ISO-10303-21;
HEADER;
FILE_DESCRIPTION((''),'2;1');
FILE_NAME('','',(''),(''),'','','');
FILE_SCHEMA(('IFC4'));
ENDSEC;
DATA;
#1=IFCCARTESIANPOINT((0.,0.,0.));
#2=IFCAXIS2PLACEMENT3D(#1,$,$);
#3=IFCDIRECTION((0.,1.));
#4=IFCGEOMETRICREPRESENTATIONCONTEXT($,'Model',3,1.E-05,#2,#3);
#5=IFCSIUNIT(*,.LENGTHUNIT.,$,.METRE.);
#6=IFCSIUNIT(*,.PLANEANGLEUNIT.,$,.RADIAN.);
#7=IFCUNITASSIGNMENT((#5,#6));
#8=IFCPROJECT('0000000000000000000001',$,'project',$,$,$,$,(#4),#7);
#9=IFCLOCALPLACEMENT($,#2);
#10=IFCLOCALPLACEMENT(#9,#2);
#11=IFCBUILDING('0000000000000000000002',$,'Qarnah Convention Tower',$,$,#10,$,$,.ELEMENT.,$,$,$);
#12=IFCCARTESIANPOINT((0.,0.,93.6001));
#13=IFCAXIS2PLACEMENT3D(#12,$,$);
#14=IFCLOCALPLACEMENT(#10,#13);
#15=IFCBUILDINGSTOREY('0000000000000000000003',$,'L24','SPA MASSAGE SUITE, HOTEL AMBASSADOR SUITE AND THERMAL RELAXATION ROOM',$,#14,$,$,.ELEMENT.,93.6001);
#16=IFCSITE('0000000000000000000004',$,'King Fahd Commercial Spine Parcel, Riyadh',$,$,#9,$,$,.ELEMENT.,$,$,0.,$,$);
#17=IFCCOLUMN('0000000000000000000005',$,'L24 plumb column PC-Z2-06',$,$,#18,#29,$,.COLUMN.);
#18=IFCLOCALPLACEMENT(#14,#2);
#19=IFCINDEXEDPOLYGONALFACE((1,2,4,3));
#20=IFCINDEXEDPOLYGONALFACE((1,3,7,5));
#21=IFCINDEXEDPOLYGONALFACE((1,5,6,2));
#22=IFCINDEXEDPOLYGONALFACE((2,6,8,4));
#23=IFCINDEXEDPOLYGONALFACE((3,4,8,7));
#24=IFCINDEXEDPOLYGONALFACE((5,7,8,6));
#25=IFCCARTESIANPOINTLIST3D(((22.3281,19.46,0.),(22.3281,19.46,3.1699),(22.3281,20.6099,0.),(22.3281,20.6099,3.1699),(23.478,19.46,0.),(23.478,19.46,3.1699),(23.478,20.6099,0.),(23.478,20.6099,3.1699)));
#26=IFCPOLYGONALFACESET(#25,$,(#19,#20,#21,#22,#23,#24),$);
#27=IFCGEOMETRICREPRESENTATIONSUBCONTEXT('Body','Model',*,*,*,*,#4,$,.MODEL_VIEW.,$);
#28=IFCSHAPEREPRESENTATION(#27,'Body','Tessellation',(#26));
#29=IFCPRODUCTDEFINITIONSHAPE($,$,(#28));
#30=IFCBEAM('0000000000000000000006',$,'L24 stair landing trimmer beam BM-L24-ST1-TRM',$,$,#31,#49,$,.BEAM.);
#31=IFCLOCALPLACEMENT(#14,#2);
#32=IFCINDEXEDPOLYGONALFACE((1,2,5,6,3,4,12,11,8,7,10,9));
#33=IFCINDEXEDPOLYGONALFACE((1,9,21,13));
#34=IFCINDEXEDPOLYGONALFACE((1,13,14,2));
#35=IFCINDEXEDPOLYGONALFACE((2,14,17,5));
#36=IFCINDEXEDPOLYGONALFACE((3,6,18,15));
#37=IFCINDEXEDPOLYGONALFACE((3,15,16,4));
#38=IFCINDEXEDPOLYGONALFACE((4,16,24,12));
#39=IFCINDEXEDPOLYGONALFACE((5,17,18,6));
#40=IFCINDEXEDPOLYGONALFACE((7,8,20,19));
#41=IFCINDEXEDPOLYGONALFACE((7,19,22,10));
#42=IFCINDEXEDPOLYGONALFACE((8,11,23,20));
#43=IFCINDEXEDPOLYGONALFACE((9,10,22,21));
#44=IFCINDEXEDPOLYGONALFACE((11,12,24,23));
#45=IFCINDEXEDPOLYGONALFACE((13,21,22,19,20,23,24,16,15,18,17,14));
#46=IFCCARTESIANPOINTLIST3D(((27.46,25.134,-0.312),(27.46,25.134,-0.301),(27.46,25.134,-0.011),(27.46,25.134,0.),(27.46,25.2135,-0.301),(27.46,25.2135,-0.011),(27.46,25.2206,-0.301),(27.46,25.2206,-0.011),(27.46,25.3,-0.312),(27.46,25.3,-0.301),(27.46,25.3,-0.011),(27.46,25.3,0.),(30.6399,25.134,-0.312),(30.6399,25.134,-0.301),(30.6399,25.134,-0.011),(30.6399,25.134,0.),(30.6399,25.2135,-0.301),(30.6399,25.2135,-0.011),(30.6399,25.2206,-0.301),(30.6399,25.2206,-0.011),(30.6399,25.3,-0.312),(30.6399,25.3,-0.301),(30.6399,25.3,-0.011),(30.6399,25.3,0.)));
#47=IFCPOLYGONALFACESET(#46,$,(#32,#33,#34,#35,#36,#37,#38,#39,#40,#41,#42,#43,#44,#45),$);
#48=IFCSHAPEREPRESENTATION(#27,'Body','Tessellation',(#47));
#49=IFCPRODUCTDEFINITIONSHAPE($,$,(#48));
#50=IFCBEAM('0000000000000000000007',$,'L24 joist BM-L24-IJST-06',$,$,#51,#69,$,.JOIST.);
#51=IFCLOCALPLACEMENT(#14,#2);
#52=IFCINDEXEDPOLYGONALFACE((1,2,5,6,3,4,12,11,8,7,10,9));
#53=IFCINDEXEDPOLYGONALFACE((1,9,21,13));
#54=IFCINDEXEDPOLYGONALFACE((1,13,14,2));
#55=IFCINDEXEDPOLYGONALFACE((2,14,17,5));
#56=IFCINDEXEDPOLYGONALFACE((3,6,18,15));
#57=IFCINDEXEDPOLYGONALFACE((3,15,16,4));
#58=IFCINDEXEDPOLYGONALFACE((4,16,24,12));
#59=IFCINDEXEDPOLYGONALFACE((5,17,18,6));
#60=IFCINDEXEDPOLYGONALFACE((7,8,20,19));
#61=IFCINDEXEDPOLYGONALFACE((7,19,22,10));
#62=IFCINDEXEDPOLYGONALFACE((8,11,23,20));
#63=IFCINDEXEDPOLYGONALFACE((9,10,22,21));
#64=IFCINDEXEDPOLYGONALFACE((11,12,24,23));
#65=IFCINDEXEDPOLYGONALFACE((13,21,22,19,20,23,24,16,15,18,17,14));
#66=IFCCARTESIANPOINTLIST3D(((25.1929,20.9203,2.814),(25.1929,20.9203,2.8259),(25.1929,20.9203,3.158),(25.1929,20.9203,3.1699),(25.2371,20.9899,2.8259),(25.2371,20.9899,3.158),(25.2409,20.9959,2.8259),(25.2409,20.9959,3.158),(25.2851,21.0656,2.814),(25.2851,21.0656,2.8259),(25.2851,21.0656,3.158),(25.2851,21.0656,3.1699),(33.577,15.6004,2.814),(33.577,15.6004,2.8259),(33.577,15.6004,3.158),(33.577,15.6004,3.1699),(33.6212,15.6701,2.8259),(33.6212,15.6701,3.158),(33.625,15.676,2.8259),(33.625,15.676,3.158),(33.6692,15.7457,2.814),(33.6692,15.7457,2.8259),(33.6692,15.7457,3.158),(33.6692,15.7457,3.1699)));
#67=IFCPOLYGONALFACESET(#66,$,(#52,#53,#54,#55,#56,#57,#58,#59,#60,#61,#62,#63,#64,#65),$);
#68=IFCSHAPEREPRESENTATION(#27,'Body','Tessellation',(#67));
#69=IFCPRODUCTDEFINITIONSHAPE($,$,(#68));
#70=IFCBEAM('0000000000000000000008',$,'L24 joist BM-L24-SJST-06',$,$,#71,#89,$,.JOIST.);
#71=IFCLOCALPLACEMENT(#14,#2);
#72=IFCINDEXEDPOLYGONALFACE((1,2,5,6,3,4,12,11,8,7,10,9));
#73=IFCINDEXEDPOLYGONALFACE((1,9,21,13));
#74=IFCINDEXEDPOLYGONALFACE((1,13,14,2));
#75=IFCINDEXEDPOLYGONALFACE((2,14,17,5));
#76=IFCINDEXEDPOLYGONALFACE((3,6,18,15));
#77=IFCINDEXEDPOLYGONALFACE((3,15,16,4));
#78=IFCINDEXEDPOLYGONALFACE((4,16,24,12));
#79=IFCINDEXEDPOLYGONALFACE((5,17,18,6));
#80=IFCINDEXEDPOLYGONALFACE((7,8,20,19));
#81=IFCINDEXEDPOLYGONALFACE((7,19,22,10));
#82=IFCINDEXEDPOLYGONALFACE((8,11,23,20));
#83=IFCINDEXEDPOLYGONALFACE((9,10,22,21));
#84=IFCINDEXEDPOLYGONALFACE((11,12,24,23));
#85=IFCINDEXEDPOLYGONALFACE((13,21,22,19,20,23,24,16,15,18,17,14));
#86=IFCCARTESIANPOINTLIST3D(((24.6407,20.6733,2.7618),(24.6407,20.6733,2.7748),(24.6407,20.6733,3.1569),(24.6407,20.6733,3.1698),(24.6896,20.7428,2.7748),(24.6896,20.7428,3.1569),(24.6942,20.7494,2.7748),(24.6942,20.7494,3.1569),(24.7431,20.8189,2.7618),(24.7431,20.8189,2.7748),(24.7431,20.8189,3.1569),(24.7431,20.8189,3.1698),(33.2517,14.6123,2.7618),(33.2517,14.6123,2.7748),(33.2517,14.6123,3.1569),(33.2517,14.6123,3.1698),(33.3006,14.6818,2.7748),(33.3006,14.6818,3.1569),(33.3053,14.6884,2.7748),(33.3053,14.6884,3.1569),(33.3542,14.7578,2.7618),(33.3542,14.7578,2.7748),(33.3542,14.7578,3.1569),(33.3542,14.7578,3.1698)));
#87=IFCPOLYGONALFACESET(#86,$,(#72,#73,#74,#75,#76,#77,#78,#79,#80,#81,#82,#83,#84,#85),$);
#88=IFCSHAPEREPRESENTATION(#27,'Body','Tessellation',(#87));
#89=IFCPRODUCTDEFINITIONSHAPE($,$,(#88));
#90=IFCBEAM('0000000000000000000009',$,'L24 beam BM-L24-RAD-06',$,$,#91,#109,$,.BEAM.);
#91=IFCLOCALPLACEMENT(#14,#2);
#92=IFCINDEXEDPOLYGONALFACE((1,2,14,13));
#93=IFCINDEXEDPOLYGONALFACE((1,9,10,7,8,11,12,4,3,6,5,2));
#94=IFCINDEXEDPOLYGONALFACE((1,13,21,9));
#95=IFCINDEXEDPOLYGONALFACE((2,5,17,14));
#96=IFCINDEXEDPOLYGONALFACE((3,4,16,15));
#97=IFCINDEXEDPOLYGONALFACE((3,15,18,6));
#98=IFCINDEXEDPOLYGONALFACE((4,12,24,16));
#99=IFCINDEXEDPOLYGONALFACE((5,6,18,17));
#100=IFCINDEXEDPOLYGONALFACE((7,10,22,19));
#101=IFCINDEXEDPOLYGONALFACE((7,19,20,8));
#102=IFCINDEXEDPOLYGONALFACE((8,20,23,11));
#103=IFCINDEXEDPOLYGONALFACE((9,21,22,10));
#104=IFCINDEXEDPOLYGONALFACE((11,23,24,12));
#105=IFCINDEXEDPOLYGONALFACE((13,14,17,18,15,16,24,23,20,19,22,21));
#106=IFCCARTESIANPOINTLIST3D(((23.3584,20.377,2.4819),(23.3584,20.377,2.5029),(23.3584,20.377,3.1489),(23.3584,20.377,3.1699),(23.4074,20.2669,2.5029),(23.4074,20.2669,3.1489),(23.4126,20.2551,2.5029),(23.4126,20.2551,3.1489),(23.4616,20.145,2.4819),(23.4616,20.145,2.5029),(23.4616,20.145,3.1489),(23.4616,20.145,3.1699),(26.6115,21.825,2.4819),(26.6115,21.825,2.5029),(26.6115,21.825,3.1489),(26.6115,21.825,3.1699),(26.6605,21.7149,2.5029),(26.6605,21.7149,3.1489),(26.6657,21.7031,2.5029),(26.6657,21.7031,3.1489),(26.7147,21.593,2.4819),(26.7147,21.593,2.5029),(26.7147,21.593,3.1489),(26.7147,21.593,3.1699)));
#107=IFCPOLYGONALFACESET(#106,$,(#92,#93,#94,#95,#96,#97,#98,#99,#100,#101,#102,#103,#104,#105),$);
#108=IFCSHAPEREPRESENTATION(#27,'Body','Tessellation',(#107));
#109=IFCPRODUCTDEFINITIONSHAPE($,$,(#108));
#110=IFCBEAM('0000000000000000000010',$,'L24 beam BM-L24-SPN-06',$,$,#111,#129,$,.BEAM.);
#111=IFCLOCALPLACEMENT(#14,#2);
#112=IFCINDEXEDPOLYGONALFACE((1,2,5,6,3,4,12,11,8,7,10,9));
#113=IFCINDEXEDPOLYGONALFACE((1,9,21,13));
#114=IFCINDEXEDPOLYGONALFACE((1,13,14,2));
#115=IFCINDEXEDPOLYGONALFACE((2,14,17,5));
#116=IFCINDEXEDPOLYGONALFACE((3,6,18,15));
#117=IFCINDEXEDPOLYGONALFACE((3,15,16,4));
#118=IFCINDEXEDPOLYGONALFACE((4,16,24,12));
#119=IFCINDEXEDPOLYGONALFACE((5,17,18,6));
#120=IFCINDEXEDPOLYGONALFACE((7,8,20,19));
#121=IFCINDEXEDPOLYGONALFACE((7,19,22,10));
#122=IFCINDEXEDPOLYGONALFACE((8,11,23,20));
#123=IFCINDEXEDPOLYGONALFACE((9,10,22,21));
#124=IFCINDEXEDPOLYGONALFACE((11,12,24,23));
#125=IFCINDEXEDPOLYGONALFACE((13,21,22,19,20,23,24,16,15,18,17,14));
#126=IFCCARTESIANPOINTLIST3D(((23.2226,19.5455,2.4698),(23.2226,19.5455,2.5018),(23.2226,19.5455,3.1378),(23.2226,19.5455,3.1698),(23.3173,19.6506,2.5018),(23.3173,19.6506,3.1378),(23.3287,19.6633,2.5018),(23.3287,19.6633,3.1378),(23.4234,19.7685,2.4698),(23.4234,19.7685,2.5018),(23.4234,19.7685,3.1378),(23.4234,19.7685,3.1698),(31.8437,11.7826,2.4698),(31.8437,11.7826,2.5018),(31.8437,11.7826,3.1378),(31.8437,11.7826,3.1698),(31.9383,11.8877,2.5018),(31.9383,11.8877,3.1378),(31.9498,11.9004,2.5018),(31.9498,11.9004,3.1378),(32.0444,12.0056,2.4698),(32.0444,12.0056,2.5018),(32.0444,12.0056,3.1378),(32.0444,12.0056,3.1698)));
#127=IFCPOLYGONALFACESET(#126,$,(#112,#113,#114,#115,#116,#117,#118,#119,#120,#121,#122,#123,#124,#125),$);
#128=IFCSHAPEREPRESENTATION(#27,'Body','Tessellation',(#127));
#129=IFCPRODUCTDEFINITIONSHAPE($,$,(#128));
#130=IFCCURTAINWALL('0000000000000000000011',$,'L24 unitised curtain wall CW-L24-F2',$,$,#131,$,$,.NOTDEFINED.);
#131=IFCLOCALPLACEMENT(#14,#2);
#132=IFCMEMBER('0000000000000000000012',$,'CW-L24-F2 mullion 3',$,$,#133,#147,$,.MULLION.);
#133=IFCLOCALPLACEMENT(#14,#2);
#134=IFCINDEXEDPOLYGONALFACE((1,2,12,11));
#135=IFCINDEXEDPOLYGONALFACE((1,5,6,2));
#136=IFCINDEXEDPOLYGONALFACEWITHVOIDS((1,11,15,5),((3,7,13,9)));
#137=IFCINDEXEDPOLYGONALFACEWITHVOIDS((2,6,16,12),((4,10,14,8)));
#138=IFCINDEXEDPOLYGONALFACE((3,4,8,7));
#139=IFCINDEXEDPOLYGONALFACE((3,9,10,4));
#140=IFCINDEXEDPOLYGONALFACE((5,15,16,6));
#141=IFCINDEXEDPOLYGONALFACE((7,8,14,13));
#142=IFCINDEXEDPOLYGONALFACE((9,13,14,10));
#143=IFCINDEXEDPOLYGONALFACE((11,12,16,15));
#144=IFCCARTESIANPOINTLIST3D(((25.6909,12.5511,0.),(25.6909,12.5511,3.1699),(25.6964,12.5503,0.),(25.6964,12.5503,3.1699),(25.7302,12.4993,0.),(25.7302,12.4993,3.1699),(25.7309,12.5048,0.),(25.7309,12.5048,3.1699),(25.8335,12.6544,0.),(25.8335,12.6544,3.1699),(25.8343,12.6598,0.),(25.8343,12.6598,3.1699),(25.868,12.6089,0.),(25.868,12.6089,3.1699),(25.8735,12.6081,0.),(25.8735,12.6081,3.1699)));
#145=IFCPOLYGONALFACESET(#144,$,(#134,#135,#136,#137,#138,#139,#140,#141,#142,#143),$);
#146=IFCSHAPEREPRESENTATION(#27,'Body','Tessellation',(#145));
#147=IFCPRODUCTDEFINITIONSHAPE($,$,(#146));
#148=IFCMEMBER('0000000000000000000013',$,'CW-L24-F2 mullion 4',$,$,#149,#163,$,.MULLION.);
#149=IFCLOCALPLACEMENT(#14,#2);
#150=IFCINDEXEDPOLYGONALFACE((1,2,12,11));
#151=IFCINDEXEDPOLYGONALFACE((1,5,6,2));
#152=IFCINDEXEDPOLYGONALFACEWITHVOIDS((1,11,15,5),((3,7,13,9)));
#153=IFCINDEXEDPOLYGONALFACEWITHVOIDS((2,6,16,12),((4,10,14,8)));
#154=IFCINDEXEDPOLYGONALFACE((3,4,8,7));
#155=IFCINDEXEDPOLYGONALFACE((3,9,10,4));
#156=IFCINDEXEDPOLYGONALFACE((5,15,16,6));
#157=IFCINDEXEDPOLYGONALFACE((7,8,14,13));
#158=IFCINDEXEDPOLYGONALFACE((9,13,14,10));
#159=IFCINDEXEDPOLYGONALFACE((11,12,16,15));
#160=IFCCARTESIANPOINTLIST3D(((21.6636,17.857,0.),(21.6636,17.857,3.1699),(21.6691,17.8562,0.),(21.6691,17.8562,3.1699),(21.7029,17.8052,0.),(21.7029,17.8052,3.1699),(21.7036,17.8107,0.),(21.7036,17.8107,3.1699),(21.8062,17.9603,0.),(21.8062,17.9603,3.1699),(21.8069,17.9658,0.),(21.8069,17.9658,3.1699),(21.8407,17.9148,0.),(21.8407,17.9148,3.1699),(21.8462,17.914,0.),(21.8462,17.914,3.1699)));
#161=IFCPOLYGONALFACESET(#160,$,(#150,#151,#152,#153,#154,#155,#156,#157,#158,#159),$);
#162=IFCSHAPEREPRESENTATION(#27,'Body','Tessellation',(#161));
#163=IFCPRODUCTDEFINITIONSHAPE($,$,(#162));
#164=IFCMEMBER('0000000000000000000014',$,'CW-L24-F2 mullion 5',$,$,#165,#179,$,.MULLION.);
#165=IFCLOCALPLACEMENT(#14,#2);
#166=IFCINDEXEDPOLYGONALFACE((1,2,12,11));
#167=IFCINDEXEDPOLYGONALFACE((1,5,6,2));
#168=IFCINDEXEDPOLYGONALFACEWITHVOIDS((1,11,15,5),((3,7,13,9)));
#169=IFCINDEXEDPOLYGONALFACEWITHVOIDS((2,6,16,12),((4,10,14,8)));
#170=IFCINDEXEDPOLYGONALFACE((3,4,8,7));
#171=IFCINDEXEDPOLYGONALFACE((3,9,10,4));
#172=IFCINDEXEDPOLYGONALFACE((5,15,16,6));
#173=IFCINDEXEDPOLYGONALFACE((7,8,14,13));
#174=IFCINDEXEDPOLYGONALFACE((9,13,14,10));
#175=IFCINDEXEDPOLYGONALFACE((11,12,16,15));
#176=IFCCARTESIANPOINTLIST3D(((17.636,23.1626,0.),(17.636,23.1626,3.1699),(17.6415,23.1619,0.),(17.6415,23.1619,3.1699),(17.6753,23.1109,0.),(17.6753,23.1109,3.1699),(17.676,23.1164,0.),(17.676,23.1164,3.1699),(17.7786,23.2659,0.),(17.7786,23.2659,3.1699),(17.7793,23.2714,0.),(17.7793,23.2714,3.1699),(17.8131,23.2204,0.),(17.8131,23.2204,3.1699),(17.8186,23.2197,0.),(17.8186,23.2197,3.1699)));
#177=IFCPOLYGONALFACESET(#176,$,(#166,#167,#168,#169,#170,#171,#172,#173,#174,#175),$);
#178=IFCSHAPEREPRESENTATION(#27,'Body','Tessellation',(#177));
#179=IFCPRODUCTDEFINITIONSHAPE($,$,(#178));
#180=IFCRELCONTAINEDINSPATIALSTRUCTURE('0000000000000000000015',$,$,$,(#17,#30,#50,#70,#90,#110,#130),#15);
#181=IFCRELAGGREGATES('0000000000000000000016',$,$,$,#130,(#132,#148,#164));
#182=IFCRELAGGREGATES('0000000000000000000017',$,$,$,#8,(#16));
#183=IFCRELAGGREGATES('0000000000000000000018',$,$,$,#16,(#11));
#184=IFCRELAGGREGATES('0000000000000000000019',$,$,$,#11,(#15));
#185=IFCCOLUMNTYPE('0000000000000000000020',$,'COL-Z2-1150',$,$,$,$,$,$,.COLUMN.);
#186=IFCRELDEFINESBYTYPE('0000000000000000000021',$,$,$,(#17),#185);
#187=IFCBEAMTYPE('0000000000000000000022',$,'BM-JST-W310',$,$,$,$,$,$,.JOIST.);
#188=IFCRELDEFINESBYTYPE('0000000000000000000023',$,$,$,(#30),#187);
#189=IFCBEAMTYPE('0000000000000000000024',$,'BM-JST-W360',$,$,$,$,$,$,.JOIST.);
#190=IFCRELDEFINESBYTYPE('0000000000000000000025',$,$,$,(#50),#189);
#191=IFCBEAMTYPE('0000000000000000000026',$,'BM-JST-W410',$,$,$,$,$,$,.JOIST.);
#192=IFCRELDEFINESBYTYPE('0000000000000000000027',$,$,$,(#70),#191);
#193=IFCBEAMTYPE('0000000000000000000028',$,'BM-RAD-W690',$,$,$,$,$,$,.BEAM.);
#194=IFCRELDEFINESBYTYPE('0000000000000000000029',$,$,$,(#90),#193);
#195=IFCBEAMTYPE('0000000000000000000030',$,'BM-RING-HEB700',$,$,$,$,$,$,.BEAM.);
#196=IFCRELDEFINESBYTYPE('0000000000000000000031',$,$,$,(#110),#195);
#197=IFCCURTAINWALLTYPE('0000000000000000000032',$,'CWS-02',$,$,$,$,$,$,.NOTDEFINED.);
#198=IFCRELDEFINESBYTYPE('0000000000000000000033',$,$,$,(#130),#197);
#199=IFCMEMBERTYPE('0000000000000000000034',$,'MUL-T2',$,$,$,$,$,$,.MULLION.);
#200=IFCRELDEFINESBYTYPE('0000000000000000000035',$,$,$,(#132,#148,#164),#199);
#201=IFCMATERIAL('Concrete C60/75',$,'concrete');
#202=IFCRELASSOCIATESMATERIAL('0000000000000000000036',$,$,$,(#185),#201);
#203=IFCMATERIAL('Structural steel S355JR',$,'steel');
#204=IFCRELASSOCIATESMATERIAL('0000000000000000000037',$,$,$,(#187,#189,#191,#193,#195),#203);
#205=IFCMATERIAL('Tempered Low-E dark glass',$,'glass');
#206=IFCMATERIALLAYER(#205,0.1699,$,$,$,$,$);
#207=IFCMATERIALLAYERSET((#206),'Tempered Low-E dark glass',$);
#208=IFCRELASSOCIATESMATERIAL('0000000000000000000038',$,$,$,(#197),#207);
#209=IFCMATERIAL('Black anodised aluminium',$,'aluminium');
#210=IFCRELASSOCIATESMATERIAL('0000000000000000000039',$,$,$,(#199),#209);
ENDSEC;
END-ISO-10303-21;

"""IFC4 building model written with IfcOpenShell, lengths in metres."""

from ifc_helpers import new_model, si_unit, direction, frame, origin, origin_2d, place, context, subcontext, project, spatial, rectangle, hollow_rectangle, i_section, extrude, material, layer, layer_set, material_profile, profile_set, type_object, element, aggregate, save


model = new_model("IFC4")

# Units and contexts
model_context = context("Model", 3, precision=1e-05, world=origin(), true_north=direction((0.0, 1.0)))
body_context = subcontext(model_context, "Body", "Model", "MODEL_VIEW")
ifc_project = project(units=[si_unit("LENGTHUNIT", "METRE"), si_unit("PLANEANGLEUNIT", "RADIAN")], contexts=[model_context])

# Site, building, storey
site_placement = place(None, origin())
site = spatial("IfcSite", under=ifc_project, at=site_placement, Name="King Fahd Commercial Spine Parcel, Riyadh", CompositionType="ELEMENT", RefElevation=0.0)
building_placement = place(site_placement, origin())
building = spatial("IfcBuilding", under=site, at=building_placement, Name="Qarnah Convention Tower", CompositionType="ELEMENT")
storey_placement = place(building_placement, frame((0.0, 0.0, 93.6001)))
storey = spatial("IfcBuildingStorey", under=building, at=storey_placement, Name="L24", Description="SPA MASSAGE SUITE, HOTEL AMBASSADOR SUITE AND THERMAL RELAXATION ROOM", CompositionType="ELEMENT", Elevation=93.6001)

# Column
ifc_material_1 = material(Name="Concrete C60/75", Category="concrete")
ifc_material_profile_1 = material_profile(ifc_material_1, rectangle(XDim=1.1499, YDim=1.1499, at=origin_2d()), Name="RC-COL-1150X1150")
ifc_profile_set_1 = profile_set([ifc_material_profile_1], Name="Concrete C60/75")
column_type = type_object("IfcColumnType", Name="COL-Z2-1150", PredefinedType="COLUMN", material=ifc_profile_set_1)
column_placement = place(storey_placement, frame((22.9031, 20.0349, 0.0), z_axis=(0.0, 0.0, 1.0), x_axis=(1.0, 0.0, 0.0)))
element("IfcColumn", 1, at=column_placement, inside=storey, type_object=column_type, Name="L24 plumb column PC-Z2-06", PredefinedType="COLUMN", context=body_context, shape_type="SweptSolid", body=[
    extrude(rectangle(XDim=1.1499, YDim=1.1499, at=origin_2d()), origin(), (0.0, 0.0, 1.0), 3.1699),
])

# Beams
ifc_material_2 = material(Name="Structural steel S355JR", Category="steel")
ifc_material_profile_2 = material_profile(ifc_material_2, i_section(OverallWidth=0.166, OverallDepth=0.312, WebThickness=0.0071, FlangeThickness=0.011, at=origin_2d()), Name="W310X45")
ifc_profile_set_2 = profile_set([ifc_material_profile_2], Name="Structural steel S355JR")
beam_type_1 = type_object("IfcBeamType", Name="BM-JST-W310", PredefinedType="JOIST", material=ifc_profile_set_2)
beam_1_placement = place(storey_placement, frame((27.46, 25.217, -0.156), z_axis=(1.0, 0.0, 0.0), x_axis=(0.0, 1.0, 0.0)))
element("IfcBeam", 2, at=beam_1_placement, inside=storey, type_object=beam_type_1, Name="L24 stair landing trimmer beam BM-L24-ST1-TRM", PredefinedType="BEAM", context=body_context, shape_type="SweptSolid", body=[
    extrude(i_section(OverallWidth=0.166, OverallDepth=0.312, WebThickness=0.0071, FlangeThickness=0.011, at=origin_2d()), origin(), (0.0, 0.0, 1.0), 3.1799),
])
ifc_material_profile_3 = material_profile(ifc_material_2, i_section(OverallWidth=0.1721, OverallDepth=0.356, WebThickness=0.0071, FlangeThickness=0.012, at=origin_2d()), Name="W360X51")
ifc_profile_set_3 = profile_set([ifc_material_profile_3], Name="Structural steel S355JR")
beam_type_2 = type_object("IfcBeamType", Name="BM-JST-W360", PredefinedType="JOIST", material=ifc_profile_set_3)
beam_2_placement = place(storey_placement, frame((25.239, 20.9929, 2.9919), z_axis=(0.844366, -0.535766, 0.0), x_axis=(0.535766, 0.844366, 0.0)))
element("IfcBeam", 3, at=beam_2_placement, inside=storey, type_object=beam_type_2, Name="L24 joist BM-L24-IJST-06", PredefinedType="JOIST", context=body_context, shape_type="SweptSolid", body=[
    extrude(i_section(OverallWidth=0.1721, OverallDepth=0.356, WebThickness=0.0071, FlangeThickness=0.012, at=origin_2d()), origin(), (0.0, 0.0, 1.0), 9.9294),
])
ifc_material_profile_4 = material_profile(ifc_material_2, i_section(OverallWidth=0.178, OverallDepth=0.408, WebThickness=0.0081, FlangeThickness=0.0129, at=origin_2d()), Name="W410X60")
ifc_profile_set_4 = profile_set([ifc_material_profile_4], Name="Structural steel S355JR")
beam_type_3 = type_object("IfcBeamType", Name="BM-JST-W410", PredefinedType="JOIST", material=ifc_profile_set_4)
beam_3_placement = place(storey_placement, frame((24.6919, 20.7461, 2.9658), z_axis=(0.817745, -0.575581, 0.0), x_axis=(0.575581, 0.817745, 0.0)))
element("IfcBeam", 4, at=beam_3_placement, inside=storey, type_object=beam_type_3, Name="L24 joist BM-L24-SJST-06", PredefinedType="JOIST", context=body_context, shape_type="SweptSolid", body=[
    extrude(i_section(OverallWidth=0.178, OverallDepth=0.408, WebThickness=0.0081, FlangeThickness=0.0129, at=origin_2d()), origin(), (0.0, 0.0, 1.0), 10.5303),
])
ifc_material_profile_5 = material_profile(ifc_material_2, i_section(OverallWidth=0.2539, OverallDepth=0.688, WebThickness=0.0129, FlangeThickness=0.021, at=origin_2d()), Name="W690X152")
ifc_profile_set_5 = profile_set([ifc_material_profile_5], Name="Structural steel S355JR")
beam_type_4 = type_object("IfcBeamType", Name="BM-RAD-W690", PredefinedType="BEAM", material=ifc_profile_set_5)
beam_4_placement = place(storey_placement, frame((26.6631, 21.709, 2.8259), z_axis=(-0.913588, -0.406641, 0.0), x_axis=(0.406641, -0.913588, 0.0)))
element("IfcBeam", 5, at=beam_4_placement, inside=storey, type_object=beam_type_4, Name="L24 beam BM-L24-RAD-06", PredefinedType="BEAM", context=body_context, shape_type="SweptSolid", body=[
    extrude(i_section(OverallWidth=0.2539, OverallDepth=0.688, WebThickness=0.0129, FlangeThickness=0.021, at=origin_2d()), origin(), (0.0, 0.0, 1.0), 3.5608),
])
ifc_material_profile_6 = material_profile(ifc_material_2, i_section(OverallWidth=0.3, OverallDepth=0.7, WebThickness=0.0171, FlangeThickness=0.032, at=origin_2d()), Name="HEB700")
ifc_profile_set_6 = profile_set([ifc_material_profile_6], Name="Structural steel S355JR")
beam_type_5 = type_object("IfcBeamType", Name="BM-RING-HEB700", PredefinedType="BEAM", material=ifc_profile_set_6)
beam_5_placement = place(storey_placement, frame((23.323, 19.657, 2.8198), z_axis=(0.743125, -0.669153, 0.0), x_axis=(0.669153, 0.743125, 0.0)))
element("IfcBeam", 6, at=beam_5_placement, inside=storey, type_object=beam_type_5, Name="L24 beam BM-L24-SPN-06", PredefinedType="BEAM", context=body_context, shape_type="SweptSolid", body=[
    extrude(i_section(OverallWidth=0.3, OverallDepth=0.7, WebThickness=0.0171, FlangeThickness=0.032, at=origin_2d()), origin(), (0.0, 0.0, 1.0), 11.6011),
])

# Curtain wall, members
ifc_material_3 = material(Name="Tempered Low-E dark glass", Category="glass")
ifc_layer_1 = layer(ifc_material_3, 0.1699)
ifc_layer_set_1 = layer_set([ifc_layer_1], Name="Tempered Low-E dark glass")
curtain_wall_type = type_object("IfcCurtainWallType", Name="CWS-02", PredefinedType="NOTDEFINED", material=ifc_layer_set_1)
curtain_wall_placement = place(storey_placement, origin())
curtain_wall = element("IfcCurtainWall", 7, at=curtain_wall_placement, inside=storey, type_object=curtain_wall_type, Name="L24 unitised curtain wall CW-L24-F2", PredefinedType="NOTDEFINED")
ifc_material_4 = material(Name="Black anodised aluminium", Category="aluminium")
ifc_material_profile_7 = material_profile(ifc_material_4, hollow_rectangle(XDim=0.0649, YDim=0.1799, WallThickness=0.0039, at=origin_2d()), Name="MUL-65X180")
ifc_profile_set_7 = profile_set([ifc_material_profile_7], Name="Black anodised aluminium")
member_type = type_object("IfcMemberType", Name="MUL-T2", PredefinedType="MULLION", material=ifc_profile_set_7)
member_1_placement = place(storey_placement, frame((25.7822, 12.5796, 0.0), z_axis=(0.0, 0.0, 1.0), x_axis=(-0.604607, 0.796524, 0.0)))
member_1 = element("IfcMember", 8, at=member_1_placement, type_object=member_type, Name="CW-L24-F2 mullion 3", PredefinedType="MULLION", context=body_context, shape_type="SweptSolid", body=[
    extrude(hollow_rectangle(XDim=0.0649, YDim=0.1799, WallThickness=0.0039, at=origin_2d()), origin(), (0.0, 0.0, 1.0), 3.1699),
])
member_2_placement = place(storey_placement, frame((21.7549, 17.8855, 0.0), z_axis=(0.0, 0.0, 1.0), x_axis=(-0.604607, 0.796524, 0.0)))
member_2 = element("IfcMember", 9, at=member_2_placement, type_object=member_type, Name="CW-L24-F2 mullion 4", PredefinedType="MULLION", context=body_context, shape_type="SweptSolid", body=[
    extrude(hollow_rectangle(XDim=0.0649, YDim=0.1799, WallThickness=0.0039, at=origin_2d()), origin(), (0.0, 0.0, 1.0), 3.1699),
])
member_3_placement = place(storey_placement, frame((17.7273, 23.1912, 0.0), z_axis=(0.0, 0.0, 1.0), x_axis=(-0.604607, 0.796524, 0.0)))
member_3 = element("IfcMember", 10, at=member_3_placement, type_object=member_type, Name="CW-L24-F2 mullion 5", PredefinedType="MULLION", context=body_context, shape_type="SweptSolid", body=[
    extrude(hollow_rectangle(XDim=0.0649, YDim=0.1799, WallThickness=0.0039, at=origin_2d()), origin(), (0.0, 0.0, 1.0), 3.1699),
])
aggregate(curtain_wall, [member_1, member_2, member_3])

save(model, "model.ifc")
